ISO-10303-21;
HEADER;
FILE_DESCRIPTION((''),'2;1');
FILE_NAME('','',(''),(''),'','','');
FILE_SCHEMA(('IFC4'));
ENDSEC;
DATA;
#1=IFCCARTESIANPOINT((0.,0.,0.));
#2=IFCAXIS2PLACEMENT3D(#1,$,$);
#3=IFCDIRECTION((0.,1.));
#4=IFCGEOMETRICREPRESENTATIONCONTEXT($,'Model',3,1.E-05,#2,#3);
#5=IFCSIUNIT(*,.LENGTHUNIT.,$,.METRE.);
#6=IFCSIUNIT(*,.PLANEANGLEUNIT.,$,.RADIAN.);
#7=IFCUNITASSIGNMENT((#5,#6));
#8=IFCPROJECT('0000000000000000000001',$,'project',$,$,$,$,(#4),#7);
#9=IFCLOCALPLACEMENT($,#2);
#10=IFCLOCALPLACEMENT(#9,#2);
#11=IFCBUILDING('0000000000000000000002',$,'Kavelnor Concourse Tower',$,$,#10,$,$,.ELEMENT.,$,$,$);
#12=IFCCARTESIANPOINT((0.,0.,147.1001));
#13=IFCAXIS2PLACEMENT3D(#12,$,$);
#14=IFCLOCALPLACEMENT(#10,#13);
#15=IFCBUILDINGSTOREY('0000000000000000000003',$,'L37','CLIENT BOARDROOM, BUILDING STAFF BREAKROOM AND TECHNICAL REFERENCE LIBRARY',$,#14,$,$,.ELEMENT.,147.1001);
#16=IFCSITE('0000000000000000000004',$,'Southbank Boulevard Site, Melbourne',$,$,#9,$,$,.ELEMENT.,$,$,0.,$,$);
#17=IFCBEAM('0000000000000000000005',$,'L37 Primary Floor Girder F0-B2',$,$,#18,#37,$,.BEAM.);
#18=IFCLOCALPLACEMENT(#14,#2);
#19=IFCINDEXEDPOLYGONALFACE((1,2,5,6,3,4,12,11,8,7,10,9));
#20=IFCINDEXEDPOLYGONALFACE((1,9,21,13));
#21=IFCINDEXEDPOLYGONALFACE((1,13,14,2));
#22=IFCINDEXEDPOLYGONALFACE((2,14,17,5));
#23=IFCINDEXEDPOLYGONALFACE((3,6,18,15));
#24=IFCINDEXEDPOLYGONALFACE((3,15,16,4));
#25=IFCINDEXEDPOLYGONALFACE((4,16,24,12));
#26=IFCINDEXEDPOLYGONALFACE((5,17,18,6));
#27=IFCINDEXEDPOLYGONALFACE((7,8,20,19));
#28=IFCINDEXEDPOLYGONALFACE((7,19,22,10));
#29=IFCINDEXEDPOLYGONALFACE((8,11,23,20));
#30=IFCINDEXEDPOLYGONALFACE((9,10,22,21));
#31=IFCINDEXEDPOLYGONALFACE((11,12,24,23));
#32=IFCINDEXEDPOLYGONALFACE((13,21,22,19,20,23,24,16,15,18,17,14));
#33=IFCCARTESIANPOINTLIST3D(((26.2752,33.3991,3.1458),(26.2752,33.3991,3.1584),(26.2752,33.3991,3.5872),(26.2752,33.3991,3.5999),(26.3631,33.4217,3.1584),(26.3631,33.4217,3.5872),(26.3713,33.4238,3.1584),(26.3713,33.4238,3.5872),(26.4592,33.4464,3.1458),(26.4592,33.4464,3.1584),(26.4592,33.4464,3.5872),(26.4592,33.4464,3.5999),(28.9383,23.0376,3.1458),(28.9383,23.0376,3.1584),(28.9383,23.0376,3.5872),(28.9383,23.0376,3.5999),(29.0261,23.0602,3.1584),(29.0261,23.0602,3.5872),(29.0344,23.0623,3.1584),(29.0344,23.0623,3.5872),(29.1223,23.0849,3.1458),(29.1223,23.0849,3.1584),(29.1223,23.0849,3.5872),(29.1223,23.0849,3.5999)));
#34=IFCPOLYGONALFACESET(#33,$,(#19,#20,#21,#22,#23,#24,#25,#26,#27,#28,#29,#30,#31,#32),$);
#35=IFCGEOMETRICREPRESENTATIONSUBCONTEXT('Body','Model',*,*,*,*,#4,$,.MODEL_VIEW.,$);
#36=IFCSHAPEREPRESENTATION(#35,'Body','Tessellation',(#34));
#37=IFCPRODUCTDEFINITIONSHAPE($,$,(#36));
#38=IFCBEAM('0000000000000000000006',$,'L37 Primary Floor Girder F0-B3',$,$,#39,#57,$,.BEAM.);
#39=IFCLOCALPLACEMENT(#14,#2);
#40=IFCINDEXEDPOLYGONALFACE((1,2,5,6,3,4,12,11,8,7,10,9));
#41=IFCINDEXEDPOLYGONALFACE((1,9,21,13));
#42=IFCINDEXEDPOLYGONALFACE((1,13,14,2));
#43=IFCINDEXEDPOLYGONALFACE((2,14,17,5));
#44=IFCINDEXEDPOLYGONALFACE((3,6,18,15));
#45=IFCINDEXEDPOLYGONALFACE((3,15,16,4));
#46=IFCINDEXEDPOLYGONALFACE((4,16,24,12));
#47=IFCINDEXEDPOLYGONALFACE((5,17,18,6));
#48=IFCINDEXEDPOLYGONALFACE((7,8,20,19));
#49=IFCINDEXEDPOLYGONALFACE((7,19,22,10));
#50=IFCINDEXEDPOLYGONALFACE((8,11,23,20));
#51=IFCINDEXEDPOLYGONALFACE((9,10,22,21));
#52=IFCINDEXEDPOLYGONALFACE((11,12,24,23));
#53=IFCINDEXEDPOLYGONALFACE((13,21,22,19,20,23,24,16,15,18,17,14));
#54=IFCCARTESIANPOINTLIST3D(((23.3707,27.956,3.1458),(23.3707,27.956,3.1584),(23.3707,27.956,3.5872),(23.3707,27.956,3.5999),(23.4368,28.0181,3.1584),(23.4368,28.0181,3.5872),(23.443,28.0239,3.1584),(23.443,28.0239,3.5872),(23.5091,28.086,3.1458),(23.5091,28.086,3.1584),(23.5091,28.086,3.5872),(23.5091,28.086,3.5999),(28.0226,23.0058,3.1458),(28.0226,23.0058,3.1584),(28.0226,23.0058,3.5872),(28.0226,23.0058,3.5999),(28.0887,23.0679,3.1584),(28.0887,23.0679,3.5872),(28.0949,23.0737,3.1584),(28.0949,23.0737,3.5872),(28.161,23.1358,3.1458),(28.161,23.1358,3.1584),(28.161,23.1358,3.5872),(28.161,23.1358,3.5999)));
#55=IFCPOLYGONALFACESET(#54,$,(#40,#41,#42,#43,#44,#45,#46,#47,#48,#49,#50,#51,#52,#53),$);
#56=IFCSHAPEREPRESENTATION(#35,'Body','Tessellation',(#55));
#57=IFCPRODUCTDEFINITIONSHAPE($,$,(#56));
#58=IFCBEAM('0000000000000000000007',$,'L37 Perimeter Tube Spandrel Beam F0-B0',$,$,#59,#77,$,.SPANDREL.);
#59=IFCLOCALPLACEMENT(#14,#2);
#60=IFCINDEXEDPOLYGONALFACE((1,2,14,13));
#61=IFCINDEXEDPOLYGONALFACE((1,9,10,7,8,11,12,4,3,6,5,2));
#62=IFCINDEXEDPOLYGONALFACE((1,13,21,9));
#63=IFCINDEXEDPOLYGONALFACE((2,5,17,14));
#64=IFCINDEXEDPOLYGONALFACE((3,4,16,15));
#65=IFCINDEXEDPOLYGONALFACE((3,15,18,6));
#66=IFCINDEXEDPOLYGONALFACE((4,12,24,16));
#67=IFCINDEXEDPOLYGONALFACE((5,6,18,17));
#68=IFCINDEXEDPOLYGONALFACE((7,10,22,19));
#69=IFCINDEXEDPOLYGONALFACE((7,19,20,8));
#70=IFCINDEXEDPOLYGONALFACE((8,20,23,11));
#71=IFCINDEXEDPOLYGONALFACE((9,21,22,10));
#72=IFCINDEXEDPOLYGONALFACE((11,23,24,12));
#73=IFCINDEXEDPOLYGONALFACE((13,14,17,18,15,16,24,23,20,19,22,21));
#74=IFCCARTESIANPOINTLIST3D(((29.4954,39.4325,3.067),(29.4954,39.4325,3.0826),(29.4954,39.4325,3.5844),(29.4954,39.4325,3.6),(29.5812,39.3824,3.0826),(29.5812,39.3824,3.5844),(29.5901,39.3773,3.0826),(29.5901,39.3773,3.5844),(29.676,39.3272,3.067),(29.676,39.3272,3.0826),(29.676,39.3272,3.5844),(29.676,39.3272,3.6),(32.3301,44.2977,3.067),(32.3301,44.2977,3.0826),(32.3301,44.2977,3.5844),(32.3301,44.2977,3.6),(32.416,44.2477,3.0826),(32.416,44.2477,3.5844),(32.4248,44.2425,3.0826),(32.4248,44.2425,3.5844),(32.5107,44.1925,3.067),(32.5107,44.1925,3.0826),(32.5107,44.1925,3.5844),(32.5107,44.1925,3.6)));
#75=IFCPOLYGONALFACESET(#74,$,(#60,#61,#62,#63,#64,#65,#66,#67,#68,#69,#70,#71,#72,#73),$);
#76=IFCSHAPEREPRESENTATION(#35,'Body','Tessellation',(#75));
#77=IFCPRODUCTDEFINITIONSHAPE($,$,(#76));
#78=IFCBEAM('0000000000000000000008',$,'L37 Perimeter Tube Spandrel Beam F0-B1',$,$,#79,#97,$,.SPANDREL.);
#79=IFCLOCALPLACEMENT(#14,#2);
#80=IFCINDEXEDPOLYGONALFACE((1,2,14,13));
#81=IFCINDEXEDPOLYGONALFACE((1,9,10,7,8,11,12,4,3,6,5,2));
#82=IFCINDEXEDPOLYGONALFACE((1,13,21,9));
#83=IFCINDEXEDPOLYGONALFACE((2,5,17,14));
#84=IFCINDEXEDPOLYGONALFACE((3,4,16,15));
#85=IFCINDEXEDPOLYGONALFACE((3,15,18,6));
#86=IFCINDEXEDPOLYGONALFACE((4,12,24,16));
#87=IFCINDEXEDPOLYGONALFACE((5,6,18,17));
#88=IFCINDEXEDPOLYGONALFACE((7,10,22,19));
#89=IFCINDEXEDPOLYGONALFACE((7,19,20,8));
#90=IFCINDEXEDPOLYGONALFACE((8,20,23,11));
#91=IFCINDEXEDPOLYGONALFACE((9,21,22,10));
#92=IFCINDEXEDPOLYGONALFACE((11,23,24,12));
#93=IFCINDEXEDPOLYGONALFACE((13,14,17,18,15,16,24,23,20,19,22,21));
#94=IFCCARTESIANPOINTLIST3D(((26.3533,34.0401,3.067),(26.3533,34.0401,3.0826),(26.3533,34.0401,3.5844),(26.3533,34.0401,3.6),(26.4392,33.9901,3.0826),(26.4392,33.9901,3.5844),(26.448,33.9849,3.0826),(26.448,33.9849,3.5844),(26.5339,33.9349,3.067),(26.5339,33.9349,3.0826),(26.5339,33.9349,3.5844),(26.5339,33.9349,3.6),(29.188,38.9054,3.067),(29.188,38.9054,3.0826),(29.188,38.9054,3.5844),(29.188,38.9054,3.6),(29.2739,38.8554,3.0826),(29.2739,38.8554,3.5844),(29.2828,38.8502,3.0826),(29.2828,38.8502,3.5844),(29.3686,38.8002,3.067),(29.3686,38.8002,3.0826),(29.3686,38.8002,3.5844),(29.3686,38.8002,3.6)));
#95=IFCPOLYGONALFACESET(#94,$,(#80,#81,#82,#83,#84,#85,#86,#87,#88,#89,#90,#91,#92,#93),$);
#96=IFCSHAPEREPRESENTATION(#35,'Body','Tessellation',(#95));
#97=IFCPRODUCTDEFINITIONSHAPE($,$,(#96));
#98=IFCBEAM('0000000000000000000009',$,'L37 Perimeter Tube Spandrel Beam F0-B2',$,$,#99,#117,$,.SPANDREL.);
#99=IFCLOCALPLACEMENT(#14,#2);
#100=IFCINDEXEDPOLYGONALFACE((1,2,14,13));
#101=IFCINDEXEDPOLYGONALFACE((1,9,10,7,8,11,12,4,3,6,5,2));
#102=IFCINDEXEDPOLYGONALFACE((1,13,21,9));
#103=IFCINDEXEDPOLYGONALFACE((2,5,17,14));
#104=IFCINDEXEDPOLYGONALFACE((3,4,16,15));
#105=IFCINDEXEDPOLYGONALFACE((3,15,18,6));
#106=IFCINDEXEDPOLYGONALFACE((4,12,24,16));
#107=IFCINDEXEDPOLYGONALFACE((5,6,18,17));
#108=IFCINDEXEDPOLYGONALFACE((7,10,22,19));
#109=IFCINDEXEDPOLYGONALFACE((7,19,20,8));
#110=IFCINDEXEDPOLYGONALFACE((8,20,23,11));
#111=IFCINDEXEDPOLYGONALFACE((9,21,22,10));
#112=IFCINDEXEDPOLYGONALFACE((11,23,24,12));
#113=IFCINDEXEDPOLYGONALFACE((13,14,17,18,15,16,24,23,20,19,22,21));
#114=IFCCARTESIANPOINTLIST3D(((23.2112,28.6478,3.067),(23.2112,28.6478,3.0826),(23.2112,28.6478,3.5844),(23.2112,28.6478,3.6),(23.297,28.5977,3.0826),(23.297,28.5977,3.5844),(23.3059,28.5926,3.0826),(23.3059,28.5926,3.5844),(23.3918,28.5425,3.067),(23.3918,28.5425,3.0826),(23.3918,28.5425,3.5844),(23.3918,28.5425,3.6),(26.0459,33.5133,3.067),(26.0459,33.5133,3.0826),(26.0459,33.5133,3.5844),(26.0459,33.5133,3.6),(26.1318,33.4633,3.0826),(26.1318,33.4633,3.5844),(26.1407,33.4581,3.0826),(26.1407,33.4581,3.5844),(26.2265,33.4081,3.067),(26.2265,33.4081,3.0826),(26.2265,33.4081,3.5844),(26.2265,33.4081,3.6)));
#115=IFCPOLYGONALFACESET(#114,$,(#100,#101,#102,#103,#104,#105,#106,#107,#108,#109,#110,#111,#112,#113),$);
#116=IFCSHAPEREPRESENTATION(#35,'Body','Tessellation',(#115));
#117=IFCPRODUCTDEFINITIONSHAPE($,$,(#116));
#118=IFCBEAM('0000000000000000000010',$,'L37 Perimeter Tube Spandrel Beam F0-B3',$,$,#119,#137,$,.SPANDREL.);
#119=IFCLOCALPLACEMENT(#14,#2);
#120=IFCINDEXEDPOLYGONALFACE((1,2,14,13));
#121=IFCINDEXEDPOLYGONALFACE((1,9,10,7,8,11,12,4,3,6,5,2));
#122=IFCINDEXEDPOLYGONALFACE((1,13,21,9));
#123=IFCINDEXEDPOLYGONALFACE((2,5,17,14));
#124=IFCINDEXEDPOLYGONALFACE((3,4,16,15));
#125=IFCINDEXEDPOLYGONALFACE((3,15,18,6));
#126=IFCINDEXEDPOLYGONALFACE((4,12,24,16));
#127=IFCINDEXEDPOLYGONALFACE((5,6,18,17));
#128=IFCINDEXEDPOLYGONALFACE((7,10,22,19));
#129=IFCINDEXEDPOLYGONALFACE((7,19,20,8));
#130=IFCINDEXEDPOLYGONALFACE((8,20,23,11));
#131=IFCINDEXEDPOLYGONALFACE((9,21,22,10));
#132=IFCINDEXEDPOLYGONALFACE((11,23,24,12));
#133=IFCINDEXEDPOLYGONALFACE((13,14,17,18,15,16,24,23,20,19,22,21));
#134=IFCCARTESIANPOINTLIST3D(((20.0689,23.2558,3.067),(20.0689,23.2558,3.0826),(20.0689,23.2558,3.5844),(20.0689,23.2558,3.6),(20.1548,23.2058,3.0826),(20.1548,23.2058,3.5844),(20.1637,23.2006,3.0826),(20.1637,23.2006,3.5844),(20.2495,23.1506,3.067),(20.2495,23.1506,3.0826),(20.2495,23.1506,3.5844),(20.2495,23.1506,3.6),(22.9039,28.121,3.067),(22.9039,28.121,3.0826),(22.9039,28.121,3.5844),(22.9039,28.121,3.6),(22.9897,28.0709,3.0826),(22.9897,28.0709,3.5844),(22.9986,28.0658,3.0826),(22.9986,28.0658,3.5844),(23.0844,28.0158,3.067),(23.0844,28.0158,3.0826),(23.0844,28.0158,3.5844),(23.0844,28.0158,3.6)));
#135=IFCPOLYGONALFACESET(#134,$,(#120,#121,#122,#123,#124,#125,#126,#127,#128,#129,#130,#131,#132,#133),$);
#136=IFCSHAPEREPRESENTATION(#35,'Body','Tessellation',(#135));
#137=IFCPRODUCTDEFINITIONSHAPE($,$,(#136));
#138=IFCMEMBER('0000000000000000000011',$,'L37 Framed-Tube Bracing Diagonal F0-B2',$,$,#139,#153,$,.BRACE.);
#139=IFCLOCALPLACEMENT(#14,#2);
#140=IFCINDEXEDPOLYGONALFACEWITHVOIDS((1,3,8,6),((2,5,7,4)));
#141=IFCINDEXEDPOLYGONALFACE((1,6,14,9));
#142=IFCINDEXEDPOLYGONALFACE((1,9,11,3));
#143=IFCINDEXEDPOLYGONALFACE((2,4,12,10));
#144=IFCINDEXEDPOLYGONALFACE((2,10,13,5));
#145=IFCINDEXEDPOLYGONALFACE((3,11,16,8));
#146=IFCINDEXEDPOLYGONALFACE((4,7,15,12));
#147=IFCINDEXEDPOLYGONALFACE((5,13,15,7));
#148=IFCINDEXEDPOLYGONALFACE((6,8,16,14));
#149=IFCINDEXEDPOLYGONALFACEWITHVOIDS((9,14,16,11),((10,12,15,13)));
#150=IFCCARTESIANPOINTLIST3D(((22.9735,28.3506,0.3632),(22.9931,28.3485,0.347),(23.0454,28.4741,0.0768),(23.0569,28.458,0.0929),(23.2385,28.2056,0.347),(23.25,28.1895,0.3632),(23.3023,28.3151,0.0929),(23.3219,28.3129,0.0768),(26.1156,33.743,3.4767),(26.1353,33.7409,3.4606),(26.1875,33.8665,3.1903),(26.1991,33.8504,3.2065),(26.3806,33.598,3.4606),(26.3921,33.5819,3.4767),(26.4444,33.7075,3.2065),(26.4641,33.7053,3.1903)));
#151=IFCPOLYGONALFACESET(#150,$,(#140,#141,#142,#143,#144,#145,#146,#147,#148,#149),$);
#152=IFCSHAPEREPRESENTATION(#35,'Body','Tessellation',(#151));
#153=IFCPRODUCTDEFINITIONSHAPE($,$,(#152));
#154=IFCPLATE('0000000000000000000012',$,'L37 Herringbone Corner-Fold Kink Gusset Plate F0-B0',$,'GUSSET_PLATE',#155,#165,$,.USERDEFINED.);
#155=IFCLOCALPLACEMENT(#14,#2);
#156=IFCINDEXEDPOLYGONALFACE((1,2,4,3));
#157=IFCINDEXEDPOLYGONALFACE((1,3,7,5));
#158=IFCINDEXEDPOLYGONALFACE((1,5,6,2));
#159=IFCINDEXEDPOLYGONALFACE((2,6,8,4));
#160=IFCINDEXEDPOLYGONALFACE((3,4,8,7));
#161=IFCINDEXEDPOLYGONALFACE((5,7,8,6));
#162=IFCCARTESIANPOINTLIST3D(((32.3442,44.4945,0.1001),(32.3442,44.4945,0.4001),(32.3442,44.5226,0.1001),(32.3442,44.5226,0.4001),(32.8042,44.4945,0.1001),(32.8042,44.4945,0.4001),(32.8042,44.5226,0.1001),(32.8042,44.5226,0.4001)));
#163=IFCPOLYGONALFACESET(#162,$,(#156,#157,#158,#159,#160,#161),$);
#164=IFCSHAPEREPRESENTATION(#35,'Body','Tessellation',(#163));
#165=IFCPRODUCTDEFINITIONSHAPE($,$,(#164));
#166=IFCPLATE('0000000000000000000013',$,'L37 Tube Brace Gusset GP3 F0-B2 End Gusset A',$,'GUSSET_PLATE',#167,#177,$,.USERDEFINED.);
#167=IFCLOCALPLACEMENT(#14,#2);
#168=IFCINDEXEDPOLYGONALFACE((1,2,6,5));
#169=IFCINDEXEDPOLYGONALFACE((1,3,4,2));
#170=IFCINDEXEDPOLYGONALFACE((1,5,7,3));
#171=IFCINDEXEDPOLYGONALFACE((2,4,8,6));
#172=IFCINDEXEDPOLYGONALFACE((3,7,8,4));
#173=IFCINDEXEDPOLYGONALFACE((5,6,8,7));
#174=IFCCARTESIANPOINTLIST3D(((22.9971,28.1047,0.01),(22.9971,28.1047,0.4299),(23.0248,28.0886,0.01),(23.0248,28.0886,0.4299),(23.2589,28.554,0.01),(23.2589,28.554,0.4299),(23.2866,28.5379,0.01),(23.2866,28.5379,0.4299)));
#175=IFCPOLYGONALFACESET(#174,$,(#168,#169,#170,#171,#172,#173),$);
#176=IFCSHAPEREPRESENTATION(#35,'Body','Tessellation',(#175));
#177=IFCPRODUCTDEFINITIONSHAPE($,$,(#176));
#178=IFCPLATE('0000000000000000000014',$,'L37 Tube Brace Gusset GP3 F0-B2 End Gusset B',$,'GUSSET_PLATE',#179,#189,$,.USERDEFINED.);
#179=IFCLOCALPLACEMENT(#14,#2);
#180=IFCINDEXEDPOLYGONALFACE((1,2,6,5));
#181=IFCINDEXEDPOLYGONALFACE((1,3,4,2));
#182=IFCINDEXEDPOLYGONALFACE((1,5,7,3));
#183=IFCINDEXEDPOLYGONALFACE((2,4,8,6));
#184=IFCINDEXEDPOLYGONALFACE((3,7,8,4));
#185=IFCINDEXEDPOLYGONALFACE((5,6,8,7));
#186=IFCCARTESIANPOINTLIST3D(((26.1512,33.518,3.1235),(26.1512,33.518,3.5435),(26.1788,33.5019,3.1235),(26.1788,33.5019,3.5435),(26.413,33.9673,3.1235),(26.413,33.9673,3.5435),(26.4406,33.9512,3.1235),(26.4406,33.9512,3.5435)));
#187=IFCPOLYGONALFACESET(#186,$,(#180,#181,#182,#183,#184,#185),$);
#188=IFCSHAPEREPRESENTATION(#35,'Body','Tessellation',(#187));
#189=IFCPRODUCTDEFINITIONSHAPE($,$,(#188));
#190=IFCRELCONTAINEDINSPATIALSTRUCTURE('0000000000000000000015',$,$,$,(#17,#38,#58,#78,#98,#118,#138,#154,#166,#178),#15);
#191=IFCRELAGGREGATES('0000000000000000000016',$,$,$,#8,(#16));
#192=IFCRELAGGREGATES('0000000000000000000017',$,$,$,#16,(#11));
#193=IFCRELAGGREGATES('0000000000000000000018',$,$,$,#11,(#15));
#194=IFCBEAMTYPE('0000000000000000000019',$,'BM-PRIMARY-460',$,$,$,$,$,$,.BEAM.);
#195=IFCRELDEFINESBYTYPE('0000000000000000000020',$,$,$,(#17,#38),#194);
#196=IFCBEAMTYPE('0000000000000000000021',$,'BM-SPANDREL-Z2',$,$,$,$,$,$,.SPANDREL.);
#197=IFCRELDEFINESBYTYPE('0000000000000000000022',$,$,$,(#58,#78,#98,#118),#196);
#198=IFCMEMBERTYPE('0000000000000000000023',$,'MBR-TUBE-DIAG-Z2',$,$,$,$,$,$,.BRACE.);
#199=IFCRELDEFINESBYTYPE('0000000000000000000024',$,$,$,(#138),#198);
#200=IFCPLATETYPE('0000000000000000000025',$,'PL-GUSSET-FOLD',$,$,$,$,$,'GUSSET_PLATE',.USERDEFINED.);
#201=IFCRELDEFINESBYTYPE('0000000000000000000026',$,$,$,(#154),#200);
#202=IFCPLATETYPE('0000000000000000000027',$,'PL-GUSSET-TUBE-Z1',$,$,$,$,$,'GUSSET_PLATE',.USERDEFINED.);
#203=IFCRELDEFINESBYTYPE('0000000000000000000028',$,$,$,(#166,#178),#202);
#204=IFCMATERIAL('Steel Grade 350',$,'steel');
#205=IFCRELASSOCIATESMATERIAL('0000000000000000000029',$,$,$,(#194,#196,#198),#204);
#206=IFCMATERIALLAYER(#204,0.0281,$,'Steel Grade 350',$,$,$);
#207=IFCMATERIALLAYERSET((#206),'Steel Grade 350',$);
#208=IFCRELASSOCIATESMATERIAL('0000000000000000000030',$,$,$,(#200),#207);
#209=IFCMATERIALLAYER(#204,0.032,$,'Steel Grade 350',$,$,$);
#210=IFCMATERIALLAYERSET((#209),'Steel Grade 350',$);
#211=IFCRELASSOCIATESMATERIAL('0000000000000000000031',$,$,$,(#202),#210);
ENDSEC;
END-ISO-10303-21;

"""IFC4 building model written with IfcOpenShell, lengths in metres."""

from ifc_helpers import new_model, si_unit, direction, frame, origin, origin_2d, place, context, subcontext, project, spatial, rectangle, hollow_rectangle, i_section, extrude, material, layer, layer_set, material_profile, profile_set, type_object, element, save


model = new_model("IFC4")

# Units and contexts
model_context = context("Model", 3, precision=1e-05, world=origin(), true_north=direction((0.0, 1.0)))
body_context = subcontext(model_context, "Body", "Model", "MODEL_VIEW")
ifc_project = project(units=[si_unit("LENGTHUNIT", "METRE"), si_unit("PLANEANGLEUNIT", "RADIAN")], contexts=[model_context])

# Site, building, storey
site_placement = place(None, origin())
site = spatial("IfcSite", under=ifc_project, at=site_placement, Name="Southbank Boulevard Site, Melbourne", CompositionType="ELEMENT", RefElevation=0.0)
building_placement = place(site_placement, origin())
building = spatial("IfcBuilding", under=site, at=building_placement, Name="Kavelnor Concourse Tower", CompositionType="ELEMENT")
storey_placement = place(building_placement, frame((0.0, 0.0, 147.1001)))
storey = spatial("IfcBuildingStorey", under=building, at=storey_placement, Name="L37", Description="CLIENT BOARDROOM, BUILDING STAFF BREAKROOM AND TECHNICAL REFERENCE LIBRARY", CompositionType="ELEMENT", Elevation=147.1001)

# Shared definitions
ifc_material_1 = material(Name="Steel Grade 350", Category="steel")

# Beams
ifc_material_profile_1 = material_profile(ifc_material_1, i_section(OverallWidth=0.1899, OverallDepth=0.4541, WebThickness=0.0085, FlangeThickness=0.0127, at=origin_2d()), Name="460UB67")
ifc_profile_set_1 = profile_set([ifc_material_profile_1], Name="Steel Grade 350")
beam_type_1 = type_object("IfcBeamType", Name="BM-PRIMARY-460", PredefinedType="BEAM", material=ifc_profile_set_1)
beam_1_placement = place(storey_placement, frame((29.0303, 23.0613, 3.3728), z_axis=(-0.248925, 0.968523, 0.0), x_axis=(-0.968523, -0.248925, 0.0)))
element("IfcBeam", 1, at=beam_1_placement, inside=storey, type_object=beam_type_1, Name="L37 Primary Floor Girder F0-B2", PredefinedType="BEAM", context=body_context, shape_type="SweptSolid", body=[
    extrude(i_section(OverallWidth=0.1899, OverallDepth=0.4541, WebThickness=0.0085, FlangeThickness=0.0127, at=origin_2d()), origin(), (0.0, 0.0, 1.0), 10.6982),
])
beam_2_placement = place(storey_placement, frame((28.0918, 23.0708, 3.3728), z_axis=(-0.684806, 0.728725, 0.0), x_axis=(-0.728725, -0.684806, 0.0)))
element("IfcBeam", 2, at=beam_2_placement, inside=storey, type_object=beam_type_1, Name="L37 Primary Floor Girder F0-B3", PredefinedType="BEAM", context=body_context, shape_type="SweptSolid", body=[
    extrude(i_section(OverallWidth=0.1899, OverallDepth=0.4541, WebThickness=0.0085, FlangeThickness=0.0127, at=origin_2d()), origin(), (0.0, 0.0, 1.0), 6.793),
])
ifc_material_profile_2 = material_profile(ifc_material_1, i_section(OverallWidth=0.209, OverallDepth=0.533, WebThickness=0.0103, FlangeThickness=0.0156, at=origin_2d()), Name="530UB92")
ifc_profile_set_2 = profile_set([ifc_material_profile_2], Name="Steel Grade 350")
beam_type_2 = type_object("IfcBeamType", Name="BM-SPANDREL-Z2", PredefinedType="SPANDREL", material=ifc_profile_set_2)
for number, where, z_axis, x_axis, name in (
    (3, (32.4204, 44.2451, 3.3335), (-0.503429, -0.864037, 0.0), (0.864037, -0.503429, 0.0), "L37 Perimeter Tube Spandrel Beam F0-B0"),
    (4, (29.2783, 38.8528, 3.3335), (-0.503429, -0.864037, 0.0), (0.864037, -0.503429, 0.0), "L37 Perimeter Tube Spandrel Beam F0-B1"),
):
    element("IfcBeam", number, at=place(storey_placement, frame(where, z_axis=z_axis, x_axis=x_axis)), inside=storey, type_object=beam_type_2, Name=name, PredefinedType="SPANDREL", context=body_context, shape_type="SweptSolid", body=[
        extrude(i_section(OverallWidth=0.209, OverallDepth=0.533, WebThickness=0.0103, FlangeThickness=0.0156, at=origin_2d()), origin(), (0.0, 0.0, 1.0), 5.6309),
    ])
beam_3_placement = place(storey_placement, frame((26.1362, 33.4607, 3.3335), z_axis=(-0.50341, -0.864048, 0.0), x_axis=(0.864048, -0.50341, 0.0)))
element("IfcBeam", 5, at=beam_3_placement, inside=storey, type_object=beam_type_2, Name="L37 Perimeter Tube Spandrel Beam F0-B2", PredefinedType="SPANDREL", context=body_context, shape_type="SweptSolid", body=[
    extrude(i_section(OverallWidth=0.209, OverallDepth=0.533, WebThickness=0.0103, FlangeThickness=0.0156, at=origin_2d()), origin(), (0.0, 0.0, 1.0), 5.6311),
])
beam_4_placement = place(storey_placement, frame((22.9941, 28.0684, 3.3335), z_axis=(-0.503461, -0.864018, 0.0), x_axis=(0.864018, -0.503461, 0.0)))
element("IfcBeam", 6, at=beam_4_placement, inside=storey, type_object=beam_type_2, Name="L37 Perimeter Tube Spandrel Beam F0-B3", PredefinedType="SPANDREL", context=body_context, shape_type="SweptSolid", body=[
    extrude(i_section(OverallWidth=0.209, OverallDepth=0.533, WebThickness=0.0103, FlangeThickness=0.0156, at=origin_2d()), origin(), (0.0, 0.0, 1.0), 5.6309),
])

# Member
ifc_material_profile_3 = material_profile(ifc_material_1, hollow_rectangle(XDim=0.3201, YDim=0.3201, WallThickness=0.0181, at=origin_2d()), Name="SHS 320x320x18")
ifc_profile_set_3 = profile_set([ifc_material_profile_3], Name="Steel Grade 350")
member_type = type_object("IfcMemberType", Name="MBR-TUBE-DIAG-Z2", PredefinedType="BRACE", material=ifc_profile_set_3)
member_placement = place(storey_placement, frame((23.1477, 28.3318, 0.22), z_axis=(0.450509, 0.773147, 0.446414), x_axis=(-0.864019, 0.50346, 0.0)))
element("IfcMember", 7, at=member_placement, inside=storey, type_object=member_type, Name="L37 Framed-Tube Bracing Diagonal F0-B2", PredefinedType="BRACE", context=body_context, shape_type="SweptSolid", body=[
    extrude(hollow_rectangle(XDim=0.3201, YDim=0.3201, WallThickness=0.0181, at=origin_2d()), origin(), (0.0, 0.0, 1.0), 6.9746),
])

# Plates
ifc_layer_1 = layer(ifc_material_1, 0.0281, Name="Steel Grade 350")
ifc_layer_set_1 = layer_set([ifc_layer_1], Name="Steel Grade 350")
plate_type_1 = type_object("IfcPlateType", Name="PL-GUSSET-FOLD", ElementType="GUSSET_PLATE", PredefinedType="USERDEFINED", material=ifc_layer_set_1)
plate_placement = place(storey_placement, frame((32.5742, 44.5085, 0.1001), z_axis=(0.0, 0.0, 1.0), x_axis=(1.0, 0.0, 0.0)))
element("IfcPlate", 8, at=plate_placement, inside=storey, type_object=plate_type_1, Name="L37 Herringbone Corner-Fold Kink Gusset Plate F0-B0", ObjectType="GUSSET_PLATE", PredefinedType="USERDEFINED", context=body_context, shape_type="SweptSolid", body=[
    extrude(rectangle(XDim=0.46, YDim=0.0281, at=origin_2d()), origin(), (0.0, 0.0, 1.0), 0.3),
])
ifc_layer_2 = layer(ifc_material_1, 0.032, Name="Steel Grade 350")
ifc_layer_set_2 = layer_set([ifc_layer_2], Name="Steel Grade 350")
plate_type_2 = type_object("IfcPlateType", Name="PL-GUSSET-TUBE-Z1", ElementType="GUSSET_PLATE", PredefinedType="USERDEFINED", material=ifc_layer_set_2)
for number, where, z_axis, x_axis, name in (
    (9, (23.1418, 28.3213, 0.01), (0.0, 0.0, 1.0), (0.503472, 0.864011, 0.0), "L37 Tube Brace Gusset GP3 F0-B2 End Gusset A"),
    (10, (26.2959, 33.7346, 3.1235), (0.0, 0.0, 1.0), (0.503472, 0.864011, 0.0), "L37 Tube Brace Gusset GP3 F0-B2 End Gusset B"),
):
    element("IfcPlate", number, at=place(storey_placement, frame(where, z_axis=z_axis, x_axis=x_axis)), inside=storey, type_object=plate_type_2, Name=name, ObjectType="GUSSET_PLATE", PredefinedType="USERDEFINED", context=body_context, shape_type="SweptSolid", body=[
        extrude(rectangle(XDim=0.52, YDim=0.032, at=origin_2d()), origin(), (0.0, 0.0, 1.0), 0.4199),
    ])

save(model, "model.ifc")
